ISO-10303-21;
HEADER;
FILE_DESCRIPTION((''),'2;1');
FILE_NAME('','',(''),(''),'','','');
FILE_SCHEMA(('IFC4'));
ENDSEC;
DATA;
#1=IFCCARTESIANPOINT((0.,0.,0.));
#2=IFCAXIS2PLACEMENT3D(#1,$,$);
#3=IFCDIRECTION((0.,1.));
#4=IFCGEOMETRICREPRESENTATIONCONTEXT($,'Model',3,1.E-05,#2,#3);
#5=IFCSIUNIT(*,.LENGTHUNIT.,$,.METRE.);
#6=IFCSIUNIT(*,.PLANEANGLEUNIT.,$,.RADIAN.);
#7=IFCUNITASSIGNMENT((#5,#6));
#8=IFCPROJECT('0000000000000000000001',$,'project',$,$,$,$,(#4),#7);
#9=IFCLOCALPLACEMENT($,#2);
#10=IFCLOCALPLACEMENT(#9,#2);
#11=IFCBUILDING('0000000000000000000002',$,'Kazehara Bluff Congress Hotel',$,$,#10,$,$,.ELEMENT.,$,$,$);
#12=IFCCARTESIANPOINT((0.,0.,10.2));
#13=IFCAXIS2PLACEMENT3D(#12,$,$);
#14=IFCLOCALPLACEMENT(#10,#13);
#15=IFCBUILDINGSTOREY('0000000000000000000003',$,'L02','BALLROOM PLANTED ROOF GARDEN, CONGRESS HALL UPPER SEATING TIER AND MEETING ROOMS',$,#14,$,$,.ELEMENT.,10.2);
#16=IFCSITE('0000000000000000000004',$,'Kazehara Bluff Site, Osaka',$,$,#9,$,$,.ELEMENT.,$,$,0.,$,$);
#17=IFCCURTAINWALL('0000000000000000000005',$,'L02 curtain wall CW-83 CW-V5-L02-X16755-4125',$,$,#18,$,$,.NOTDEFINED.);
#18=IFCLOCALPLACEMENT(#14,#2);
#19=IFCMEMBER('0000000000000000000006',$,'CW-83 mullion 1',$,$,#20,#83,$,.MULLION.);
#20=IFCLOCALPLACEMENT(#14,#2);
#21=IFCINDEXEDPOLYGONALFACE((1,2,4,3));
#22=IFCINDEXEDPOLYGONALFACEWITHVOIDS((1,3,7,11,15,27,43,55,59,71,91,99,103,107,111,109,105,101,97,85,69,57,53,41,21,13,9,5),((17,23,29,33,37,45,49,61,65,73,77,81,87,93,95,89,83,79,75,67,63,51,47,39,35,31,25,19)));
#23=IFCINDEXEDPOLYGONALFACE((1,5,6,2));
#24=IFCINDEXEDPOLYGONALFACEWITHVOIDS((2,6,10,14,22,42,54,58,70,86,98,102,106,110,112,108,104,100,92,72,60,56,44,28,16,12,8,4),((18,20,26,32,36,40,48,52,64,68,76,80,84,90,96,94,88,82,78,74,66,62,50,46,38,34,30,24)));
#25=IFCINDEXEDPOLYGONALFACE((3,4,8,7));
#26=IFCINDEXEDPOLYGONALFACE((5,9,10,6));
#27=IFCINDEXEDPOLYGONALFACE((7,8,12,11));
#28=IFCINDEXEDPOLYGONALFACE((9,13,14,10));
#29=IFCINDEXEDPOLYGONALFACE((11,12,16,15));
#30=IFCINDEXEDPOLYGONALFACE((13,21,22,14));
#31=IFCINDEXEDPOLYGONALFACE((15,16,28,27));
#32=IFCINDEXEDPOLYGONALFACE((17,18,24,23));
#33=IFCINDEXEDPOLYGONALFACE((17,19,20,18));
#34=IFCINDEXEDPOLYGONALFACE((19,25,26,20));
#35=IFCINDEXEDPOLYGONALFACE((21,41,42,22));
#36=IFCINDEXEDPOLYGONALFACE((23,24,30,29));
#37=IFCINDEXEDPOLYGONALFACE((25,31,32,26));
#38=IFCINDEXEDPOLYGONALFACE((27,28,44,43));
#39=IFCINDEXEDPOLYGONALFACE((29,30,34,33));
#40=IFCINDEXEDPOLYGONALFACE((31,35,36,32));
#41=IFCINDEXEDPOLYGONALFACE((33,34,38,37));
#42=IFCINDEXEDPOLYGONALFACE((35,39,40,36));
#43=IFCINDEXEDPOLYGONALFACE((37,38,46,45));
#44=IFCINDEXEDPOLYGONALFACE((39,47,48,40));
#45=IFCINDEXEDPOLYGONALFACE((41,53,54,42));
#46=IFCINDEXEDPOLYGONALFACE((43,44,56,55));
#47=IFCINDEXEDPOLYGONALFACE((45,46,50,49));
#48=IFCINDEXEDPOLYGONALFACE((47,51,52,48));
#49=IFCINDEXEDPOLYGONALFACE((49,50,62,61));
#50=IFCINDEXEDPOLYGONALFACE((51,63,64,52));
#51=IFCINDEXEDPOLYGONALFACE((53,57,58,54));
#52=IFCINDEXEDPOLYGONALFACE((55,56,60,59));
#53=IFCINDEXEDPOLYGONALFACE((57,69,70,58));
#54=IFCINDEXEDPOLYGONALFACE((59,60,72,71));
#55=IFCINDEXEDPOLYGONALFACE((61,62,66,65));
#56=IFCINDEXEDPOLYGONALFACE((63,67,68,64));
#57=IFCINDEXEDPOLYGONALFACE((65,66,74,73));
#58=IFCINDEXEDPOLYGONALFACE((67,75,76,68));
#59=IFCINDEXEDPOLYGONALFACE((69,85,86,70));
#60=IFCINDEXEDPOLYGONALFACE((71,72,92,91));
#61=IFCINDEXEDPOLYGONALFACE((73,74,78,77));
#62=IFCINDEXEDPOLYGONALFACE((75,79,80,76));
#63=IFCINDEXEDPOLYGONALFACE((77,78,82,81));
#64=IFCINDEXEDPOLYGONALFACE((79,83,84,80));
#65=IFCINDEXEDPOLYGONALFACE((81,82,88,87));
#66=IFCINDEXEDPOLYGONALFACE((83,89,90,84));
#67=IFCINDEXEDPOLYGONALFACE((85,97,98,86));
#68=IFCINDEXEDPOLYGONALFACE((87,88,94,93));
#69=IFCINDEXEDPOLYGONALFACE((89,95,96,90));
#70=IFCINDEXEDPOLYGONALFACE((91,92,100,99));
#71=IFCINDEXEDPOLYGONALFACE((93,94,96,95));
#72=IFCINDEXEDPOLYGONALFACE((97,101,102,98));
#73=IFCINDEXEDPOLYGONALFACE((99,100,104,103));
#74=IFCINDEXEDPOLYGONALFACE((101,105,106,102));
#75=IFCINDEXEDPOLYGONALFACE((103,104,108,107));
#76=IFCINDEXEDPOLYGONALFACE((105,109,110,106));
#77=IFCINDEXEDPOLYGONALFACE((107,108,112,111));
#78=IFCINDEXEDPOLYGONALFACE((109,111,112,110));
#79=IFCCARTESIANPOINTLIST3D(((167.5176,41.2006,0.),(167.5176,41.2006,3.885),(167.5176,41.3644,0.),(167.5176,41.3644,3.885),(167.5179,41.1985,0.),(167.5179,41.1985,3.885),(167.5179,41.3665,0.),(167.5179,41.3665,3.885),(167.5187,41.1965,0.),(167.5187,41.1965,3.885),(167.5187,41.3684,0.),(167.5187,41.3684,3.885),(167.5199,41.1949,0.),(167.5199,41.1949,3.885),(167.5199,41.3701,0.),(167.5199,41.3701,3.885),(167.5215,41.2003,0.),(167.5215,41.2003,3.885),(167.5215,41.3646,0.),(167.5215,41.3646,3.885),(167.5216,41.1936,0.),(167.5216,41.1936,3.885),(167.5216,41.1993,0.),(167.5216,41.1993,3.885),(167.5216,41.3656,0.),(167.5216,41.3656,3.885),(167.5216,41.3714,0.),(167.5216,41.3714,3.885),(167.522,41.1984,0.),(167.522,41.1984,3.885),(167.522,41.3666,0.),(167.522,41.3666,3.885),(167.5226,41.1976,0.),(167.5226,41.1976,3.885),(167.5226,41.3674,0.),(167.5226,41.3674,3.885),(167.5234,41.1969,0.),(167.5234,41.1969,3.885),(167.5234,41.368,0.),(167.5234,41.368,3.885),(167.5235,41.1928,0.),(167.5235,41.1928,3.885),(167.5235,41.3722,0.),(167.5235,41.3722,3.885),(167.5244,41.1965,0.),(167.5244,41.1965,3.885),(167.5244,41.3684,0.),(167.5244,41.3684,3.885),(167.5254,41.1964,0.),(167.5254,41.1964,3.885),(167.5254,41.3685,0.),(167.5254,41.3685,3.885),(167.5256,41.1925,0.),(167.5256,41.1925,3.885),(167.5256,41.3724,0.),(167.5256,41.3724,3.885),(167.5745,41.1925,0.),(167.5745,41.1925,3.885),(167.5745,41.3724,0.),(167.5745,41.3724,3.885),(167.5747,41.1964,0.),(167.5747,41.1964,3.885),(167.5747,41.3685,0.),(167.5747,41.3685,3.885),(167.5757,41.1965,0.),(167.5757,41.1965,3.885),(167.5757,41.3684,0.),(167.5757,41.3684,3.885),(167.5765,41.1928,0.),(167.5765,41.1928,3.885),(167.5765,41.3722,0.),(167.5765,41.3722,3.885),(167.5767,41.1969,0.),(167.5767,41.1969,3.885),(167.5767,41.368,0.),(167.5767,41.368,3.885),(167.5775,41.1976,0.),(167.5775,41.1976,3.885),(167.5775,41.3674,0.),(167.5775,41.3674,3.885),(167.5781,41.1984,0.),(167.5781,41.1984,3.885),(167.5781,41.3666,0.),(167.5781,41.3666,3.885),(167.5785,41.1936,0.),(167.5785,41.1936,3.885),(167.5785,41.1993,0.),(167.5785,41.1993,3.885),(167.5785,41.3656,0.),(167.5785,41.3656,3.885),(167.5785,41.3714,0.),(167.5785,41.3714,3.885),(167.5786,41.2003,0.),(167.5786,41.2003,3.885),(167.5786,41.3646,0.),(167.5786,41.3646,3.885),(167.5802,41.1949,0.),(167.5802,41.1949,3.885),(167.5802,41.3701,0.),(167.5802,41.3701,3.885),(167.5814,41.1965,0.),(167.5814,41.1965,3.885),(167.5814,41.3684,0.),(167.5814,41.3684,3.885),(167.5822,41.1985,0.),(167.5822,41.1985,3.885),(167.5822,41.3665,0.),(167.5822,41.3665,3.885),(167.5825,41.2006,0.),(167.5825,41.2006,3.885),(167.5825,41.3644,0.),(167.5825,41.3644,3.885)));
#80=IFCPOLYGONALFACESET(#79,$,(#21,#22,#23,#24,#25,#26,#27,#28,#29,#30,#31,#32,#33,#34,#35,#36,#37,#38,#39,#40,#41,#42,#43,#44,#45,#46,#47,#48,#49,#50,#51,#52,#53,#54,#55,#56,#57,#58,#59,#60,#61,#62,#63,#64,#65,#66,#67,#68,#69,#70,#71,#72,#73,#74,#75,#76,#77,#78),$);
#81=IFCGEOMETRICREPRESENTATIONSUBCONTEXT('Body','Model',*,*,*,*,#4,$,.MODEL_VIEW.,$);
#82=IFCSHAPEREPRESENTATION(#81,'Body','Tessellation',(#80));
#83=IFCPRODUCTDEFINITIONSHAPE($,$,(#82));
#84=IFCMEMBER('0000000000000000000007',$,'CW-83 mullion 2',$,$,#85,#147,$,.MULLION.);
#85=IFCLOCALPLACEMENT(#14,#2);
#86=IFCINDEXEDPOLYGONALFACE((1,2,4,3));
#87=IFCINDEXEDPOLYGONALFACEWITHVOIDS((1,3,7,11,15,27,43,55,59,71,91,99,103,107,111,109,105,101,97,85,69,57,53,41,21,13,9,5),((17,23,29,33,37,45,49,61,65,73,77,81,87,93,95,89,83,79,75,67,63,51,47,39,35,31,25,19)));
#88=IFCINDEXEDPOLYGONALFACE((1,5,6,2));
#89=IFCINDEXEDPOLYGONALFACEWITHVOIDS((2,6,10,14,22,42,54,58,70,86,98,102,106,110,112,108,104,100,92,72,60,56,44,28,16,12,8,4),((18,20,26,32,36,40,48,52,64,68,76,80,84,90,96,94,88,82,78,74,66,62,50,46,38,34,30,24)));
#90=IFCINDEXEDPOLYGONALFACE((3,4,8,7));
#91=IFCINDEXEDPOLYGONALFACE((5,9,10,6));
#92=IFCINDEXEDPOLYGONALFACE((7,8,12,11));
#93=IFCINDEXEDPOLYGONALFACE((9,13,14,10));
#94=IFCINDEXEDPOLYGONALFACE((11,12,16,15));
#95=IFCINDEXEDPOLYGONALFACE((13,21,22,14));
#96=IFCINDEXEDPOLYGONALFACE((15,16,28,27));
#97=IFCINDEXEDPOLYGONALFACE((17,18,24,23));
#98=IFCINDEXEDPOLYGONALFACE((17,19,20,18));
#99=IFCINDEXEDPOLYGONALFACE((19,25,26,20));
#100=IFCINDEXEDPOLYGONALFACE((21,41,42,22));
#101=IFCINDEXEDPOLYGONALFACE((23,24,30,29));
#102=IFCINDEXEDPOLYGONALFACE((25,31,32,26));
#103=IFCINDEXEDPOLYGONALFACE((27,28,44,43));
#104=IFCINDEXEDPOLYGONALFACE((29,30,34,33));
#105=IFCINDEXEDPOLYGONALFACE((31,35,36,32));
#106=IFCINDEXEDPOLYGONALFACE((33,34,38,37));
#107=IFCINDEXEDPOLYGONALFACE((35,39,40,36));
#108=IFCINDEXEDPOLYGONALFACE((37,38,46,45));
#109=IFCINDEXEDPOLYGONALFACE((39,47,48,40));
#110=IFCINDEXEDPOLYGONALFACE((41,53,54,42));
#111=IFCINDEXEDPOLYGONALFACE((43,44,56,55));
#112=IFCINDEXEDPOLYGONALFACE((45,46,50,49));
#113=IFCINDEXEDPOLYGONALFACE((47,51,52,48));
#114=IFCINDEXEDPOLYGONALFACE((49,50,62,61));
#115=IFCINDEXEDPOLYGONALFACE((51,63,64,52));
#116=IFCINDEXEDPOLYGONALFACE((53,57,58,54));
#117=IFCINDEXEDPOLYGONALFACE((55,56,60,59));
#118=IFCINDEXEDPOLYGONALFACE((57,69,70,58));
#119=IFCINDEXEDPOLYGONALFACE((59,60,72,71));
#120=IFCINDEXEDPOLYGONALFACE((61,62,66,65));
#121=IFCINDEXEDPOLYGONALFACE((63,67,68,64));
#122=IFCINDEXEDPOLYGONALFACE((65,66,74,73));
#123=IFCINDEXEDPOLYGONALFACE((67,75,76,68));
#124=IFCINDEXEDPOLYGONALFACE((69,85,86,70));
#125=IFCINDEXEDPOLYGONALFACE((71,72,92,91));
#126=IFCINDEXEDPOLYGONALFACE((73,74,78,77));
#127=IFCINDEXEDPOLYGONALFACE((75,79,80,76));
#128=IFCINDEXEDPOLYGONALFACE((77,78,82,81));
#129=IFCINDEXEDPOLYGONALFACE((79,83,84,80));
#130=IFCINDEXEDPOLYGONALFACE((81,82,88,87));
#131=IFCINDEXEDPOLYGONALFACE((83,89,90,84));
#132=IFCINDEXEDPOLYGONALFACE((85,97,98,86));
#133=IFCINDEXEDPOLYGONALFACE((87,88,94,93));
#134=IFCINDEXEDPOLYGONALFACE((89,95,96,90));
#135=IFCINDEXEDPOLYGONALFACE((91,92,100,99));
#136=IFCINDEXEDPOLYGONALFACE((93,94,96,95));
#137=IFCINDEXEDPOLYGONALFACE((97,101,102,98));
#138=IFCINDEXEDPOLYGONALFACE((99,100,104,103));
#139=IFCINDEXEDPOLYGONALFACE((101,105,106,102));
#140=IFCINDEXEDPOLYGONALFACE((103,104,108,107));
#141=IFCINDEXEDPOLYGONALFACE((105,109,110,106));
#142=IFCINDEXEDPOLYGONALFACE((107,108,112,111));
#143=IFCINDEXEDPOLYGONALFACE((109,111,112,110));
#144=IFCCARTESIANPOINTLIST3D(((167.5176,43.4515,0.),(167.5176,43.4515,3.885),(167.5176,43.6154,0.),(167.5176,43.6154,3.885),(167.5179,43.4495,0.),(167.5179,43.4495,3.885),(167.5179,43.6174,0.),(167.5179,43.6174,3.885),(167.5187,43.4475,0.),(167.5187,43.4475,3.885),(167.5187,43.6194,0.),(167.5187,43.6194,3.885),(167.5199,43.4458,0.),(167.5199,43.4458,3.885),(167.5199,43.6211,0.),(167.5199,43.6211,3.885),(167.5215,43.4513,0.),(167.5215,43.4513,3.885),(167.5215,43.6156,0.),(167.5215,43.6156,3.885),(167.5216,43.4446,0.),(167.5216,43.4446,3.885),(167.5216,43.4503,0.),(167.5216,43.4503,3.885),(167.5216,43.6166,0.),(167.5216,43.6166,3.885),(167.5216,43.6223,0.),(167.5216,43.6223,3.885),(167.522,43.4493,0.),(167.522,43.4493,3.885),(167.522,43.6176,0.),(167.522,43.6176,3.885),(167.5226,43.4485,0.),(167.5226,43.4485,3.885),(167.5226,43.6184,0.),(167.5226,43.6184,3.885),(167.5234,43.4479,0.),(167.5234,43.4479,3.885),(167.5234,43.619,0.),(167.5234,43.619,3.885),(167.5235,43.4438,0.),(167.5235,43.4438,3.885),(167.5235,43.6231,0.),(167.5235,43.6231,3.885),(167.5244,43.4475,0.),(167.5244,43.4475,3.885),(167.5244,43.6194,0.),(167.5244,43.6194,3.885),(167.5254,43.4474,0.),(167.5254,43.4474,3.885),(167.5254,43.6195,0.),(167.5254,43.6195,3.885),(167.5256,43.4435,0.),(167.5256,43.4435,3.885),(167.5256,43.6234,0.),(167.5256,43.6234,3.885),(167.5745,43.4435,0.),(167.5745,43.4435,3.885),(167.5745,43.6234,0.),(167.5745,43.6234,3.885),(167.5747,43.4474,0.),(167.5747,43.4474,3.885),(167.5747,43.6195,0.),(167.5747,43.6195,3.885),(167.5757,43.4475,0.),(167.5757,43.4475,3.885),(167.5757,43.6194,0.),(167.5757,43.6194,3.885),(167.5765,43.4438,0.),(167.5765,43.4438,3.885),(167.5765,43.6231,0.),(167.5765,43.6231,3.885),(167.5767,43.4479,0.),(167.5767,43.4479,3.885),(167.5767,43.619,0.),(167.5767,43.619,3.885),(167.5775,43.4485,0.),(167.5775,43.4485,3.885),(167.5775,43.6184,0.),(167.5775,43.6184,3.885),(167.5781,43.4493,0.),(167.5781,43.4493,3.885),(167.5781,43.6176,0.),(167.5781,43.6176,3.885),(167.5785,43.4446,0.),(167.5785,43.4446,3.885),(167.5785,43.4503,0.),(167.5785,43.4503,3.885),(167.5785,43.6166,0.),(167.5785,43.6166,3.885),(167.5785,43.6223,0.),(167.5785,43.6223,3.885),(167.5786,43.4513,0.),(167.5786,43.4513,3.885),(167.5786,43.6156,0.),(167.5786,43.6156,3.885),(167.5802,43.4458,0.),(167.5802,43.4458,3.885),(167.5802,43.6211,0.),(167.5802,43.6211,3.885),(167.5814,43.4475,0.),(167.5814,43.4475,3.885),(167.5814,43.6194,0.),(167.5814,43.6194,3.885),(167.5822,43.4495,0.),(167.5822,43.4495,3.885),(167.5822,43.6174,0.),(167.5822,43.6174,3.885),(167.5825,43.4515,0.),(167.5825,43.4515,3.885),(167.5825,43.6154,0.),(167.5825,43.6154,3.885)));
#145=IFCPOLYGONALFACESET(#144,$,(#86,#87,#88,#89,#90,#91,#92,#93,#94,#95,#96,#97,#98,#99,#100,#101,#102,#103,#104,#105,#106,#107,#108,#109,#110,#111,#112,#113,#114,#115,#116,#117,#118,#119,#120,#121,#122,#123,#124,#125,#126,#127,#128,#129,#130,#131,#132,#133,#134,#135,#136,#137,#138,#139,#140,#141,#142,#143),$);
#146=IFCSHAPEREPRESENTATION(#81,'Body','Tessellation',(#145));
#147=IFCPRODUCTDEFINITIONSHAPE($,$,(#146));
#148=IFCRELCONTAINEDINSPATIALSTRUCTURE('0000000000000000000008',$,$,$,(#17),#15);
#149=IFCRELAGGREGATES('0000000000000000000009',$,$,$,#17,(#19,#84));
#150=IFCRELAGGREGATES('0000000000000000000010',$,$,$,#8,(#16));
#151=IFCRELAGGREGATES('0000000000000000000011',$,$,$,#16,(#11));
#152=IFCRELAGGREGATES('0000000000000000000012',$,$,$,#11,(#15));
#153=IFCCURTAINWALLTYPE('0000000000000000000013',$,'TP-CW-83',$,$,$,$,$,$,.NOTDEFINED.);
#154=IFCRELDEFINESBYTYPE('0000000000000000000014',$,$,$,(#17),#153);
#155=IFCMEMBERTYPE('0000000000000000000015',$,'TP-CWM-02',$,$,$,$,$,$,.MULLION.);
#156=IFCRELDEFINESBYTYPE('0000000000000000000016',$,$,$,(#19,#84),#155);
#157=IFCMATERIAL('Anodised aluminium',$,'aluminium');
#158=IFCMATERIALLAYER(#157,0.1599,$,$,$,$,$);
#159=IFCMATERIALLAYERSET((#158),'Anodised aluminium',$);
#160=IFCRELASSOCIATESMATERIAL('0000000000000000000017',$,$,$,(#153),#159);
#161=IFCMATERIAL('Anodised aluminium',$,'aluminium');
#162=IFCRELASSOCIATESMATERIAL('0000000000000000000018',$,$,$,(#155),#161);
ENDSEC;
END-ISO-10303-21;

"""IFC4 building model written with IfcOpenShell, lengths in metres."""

from ifc_helpers import new_model, si_unit, direction, frame, origin, origin_2d, place, context, subcontext, project, spatial, hollow_rectangle, extrude, material, layer, layer_set, material_profile, profile_set, type_object, element, aggregate, save


model = new_model("IFC4")

# Units and contexts
model_context = context("Model", 3, precision=1e-05, world=origin(), true_north=direction((0.0, 1.0)))
body_context = subcontext(model_context, "Body", "Model", "MODEL_VIEW")
ifc_project = project(units=[si_unit("LENGTHUNIT", "METRE"), si_unit("PLANEANGLEUNIT", "RADIAN")], contexts=[model_context])

# Site, building, storey
site_placement = place(None, origin())
site = spatial("IfcSite", under=ifc_project, at=site_placement, Name="Kazehara Bluff Site, Osaka", CompositionType="ELEMENT", RefElevation=0.0)
building_placement = place(site_placement, origin())
building = spatial("IfcBuilding", under=site, at=building_placement, Name="Kazehara Bluff Congress Hotel", CompositionType="ELEMENT")
storey_placement = place(building_placement, frame((0.0, 0.0, 10.2)))
storey = spatial("IfcBuildingStorey", under=building, at=storey_placement, Name="L02", Description="BALLROOM PLANTED ROOF GARDEN, CONGRESS HALL UPPER SEATING TIER AND MEETING ROOMS", CompositionType="ELEMENT", Elevation=10.2)

# Curtain wall, members
ifc_material_1 = material(Name="Anodised aluminium", Category="aluminium")
ifc_layer_1 = layer(ifc_material_1, 0.1599)
ifc_layer_set_1 = layer_set([ifc_layer_1], Name="Anodised aluminium")
curtain_wall_type_1 = type_object("IfcCurtainWallType", Name="TP-CW-83", PredefinedType="NOTDEFINED", material=ifc_layer_set_1)
curtain_wall_1_placement = place(storey_placement, origin())
curtain_wall_1 = element("IfcCurtainWall", 1, at=curtain_wall_1_placement, inside=storey, type_object=curtain_wall_type_1, Name="L02 curtain wall CW-83 CW-V5-L02-X16755-4125", PredefinedType="NOTDEFINED")
ifc_material_2 = material(Name="Anodised aluminium", Category="aluminium")
ifc_material_profile_1 = material_profile(ifc_material_2, hollow_rectangle(XDim=0.0649, YDim=0.1799, WallThickness=0.0039, InnerFilletRadius=0.0039, OuterFilletRadius=0.0081, at=origin_2d()))
ifc_profile_set_1 = profile_set([ifc_material_profile_1], Name="Anodised aluminium")
member_type_1 = type_object("IfcMemberType", Name="TP-CWM-02", PredefinedType="MULLION", material=ifc_profile_set_1)
member_1_placement = place(storey_placement, frame((167.55, 41.2825, 0.0), z_axis=(0.0, 0.0, 1.0), x_axis=(-1.0, 0.0, 0.0)))
member_1 = element("IfcMember", 2, at=member_1_placement, type_object=member_type_1, Name="CW-83 mullion 1", PredefinedType="MULLION", context=body_context, shape_type="SweptSolid", body=[
    extrude(hollow_rectangle(XDim=0.0649, YDim=0.1799, WallThickness=0.0039, InnerFilletRadius=0.0039, OuterFilletRadius=0.0081, at=origin_2d()), origin(), (0.0, 0.0, 1.0), 3.885),
])
member_2_placement = place(storey_placement, frame((167.55, 43.5334, 0.0), z_axis=(0.0, 0.0, 1.0), x_axis=(-1.0, 0.0, 0.0)))
member_2 = element("IfcMember", 3, at=member_2_placement, type_object=member_type_1, Name="CW-83 mullion 2", PredefinedType="MULLION", context=body_context, shape_type="SweptSolid", body=[
    extrude(hollow_rectangle(XDim=0.0649, YDim=0.1799, WallThickness=0.0039, InnerFilletRadius=0.0039, OuterFilletRadius=0.0081, at=origin_2d()), origin(), (0.0, 0.0, 1.0), 3.885),
])

aggregate(curtain_wall_1, [member_1, member_2])

save(model, "model.ifc")
